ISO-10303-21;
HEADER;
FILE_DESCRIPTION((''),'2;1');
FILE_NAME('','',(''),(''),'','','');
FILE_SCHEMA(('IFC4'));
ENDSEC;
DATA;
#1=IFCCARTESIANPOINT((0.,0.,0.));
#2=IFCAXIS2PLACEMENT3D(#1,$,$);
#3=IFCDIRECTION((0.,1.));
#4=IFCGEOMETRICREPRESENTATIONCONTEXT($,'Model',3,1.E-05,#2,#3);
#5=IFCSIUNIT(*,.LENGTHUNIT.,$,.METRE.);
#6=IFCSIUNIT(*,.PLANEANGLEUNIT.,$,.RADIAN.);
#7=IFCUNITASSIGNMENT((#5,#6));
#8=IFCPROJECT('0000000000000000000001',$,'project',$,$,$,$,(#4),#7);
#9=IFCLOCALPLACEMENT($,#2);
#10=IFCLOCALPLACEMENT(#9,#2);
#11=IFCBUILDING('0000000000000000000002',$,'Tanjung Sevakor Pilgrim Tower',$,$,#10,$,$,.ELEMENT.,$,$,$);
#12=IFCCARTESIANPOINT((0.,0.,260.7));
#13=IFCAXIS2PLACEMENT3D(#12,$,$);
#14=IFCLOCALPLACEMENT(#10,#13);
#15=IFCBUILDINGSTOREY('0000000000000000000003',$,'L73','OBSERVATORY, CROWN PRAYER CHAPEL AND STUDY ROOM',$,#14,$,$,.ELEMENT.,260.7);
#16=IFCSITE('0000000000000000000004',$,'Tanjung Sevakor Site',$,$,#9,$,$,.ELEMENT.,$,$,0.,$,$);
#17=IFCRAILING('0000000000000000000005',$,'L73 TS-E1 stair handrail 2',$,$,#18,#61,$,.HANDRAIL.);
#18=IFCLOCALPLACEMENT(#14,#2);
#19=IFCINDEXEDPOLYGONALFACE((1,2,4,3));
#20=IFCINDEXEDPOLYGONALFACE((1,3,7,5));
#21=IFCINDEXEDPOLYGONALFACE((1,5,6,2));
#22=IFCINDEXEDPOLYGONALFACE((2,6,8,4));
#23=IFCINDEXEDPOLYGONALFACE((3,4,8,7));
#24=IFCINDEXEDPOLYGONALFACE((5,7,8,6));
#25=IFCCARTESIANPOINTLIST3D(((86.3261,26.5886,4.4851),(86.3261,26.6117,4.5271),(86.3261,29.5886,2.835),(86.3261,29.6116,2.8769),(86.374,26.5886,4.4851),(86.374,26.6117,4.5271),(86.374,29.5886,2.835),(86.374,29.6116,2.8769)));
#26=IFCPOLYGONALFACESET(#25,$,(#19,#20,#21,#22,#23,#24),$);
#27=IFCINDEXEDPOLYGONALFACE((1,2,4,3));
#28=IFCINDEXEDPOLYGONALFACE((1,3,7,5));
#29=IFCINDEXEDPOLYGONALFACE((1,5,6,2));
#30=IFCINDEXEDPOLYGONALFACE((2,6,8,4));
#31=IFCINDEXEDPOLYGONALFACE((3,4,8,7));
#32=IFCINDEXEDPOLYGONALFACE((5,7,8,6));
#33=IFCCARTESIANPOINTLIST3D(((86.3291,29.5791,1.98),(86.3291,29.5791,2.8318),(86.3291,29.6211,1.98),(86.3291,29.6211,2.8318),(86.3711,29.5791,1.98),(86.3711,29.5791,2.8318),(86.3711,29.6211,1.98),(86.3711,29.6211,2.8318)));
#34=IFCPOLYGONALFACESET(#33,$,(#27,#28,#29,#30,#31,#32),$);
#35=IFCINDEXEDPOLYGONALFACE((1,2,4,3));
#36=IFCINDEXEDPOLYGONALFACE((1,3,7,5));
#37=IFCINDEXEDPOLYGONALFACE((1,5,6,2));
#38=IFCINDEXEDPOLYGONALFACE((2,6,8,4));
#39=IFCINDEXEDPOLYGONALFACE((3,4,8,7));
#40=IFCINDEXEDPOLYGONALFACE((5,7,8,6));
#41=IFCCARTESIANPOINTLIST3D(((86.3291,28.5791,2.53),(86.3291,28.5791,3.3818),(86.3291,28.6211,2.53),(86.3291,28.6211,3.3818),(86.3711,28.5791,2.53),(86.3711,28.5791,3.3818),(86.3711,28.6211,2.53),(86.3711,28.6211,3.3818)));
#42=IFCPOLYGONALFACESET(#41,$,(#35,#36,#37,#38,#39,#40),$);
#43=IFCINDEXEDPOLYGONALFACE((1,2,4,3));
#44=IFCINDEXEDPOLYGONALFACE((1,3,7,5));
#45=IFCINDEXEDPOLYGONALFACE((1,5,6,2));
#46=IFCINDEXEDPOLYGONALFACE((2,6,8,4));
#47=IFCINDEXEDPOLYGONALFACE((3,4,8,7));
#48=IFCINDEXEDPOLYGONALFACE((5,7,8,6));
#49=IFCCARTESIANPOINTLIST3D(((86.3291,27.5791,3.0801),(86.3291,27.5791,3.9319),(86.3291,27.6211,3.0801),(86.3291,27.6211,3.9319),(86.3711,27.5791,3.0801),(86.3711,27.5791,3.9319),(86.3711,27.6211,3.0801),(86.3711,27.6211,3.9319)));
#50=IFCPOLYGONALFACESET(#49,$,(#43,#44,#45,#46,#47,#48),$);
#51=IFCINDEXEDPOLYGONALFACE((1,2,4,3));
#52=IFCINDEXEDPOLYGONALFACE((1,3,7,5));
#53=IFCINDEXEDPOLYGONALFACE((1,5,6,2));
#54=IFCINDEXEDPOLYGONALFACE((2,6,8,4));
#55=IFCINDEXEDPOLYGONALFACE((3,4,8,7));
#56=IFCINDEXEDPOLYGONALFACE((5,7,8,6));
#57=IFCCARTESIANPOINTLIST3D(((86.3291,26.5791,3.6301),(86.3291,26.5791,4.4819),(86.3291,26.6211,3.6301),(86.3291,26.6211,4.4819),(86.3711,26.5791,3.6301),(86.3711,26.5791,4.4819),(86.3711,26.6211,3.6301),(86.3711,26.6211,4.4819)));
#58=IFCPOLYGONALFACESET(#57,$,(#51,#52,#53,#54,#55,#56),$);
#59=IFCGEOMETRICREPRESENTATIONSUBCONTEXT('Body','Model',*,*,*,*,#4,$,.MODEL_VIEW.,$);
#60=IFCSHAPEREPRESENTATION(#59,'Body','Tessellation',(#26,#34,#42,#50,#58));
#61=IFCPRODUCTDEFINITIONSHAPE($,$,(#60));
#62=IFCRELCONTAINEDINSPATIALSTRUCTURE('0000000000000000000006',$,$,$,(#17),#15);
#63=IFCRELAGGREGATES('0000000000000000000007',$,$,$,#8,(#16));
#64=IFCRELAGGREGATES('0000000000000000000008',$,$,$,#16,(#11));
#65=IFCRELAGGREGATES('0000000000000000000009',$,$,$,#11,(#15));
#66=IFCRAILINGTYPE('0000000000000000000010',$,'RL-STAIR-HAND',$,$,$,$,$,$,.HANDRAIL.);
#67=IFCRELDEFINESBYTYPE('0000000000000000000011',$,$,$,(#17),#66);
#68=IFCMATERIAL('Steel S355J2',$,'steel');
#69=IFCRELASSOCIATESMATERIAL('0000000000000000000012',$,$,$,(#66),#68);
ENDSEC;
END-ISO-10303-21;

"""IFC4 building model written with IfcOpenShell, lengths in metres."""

from ifc_helpers import new_model, si_unit, direction, frame, origin, place, context, subcontext, project, spatial, rectangle, extrude, material, type_object, element, save


model = new_model("IFC4")

# Units and contexts
model_context = context("Model", 3, precision=1e-05, world=origin(), true_north=direction((0.0, 1.0)))
body_context = subcontext(model_context, "Body", "Model", "MODEL_VIEW")
ifc_project = project(units=[si_unit("LENGTHUNIT", "METRE"), si_unit("PLANEANGLEUNIT", "RADIAN")], contexts=[model_context])

# Site, building, storey
site_placement = place(None, origin())
site = spatial("IfcSite", under=ifc_project, at=site_placement, Name="Tanjung Sevakor Site", CompositionType="ELEMENT", RefElevation=0.0)
building_placement = place(site_placement, origin())
building = spatial("IfcBuilding", under=site, at=building_placement, Name="Tanjung Sevakor Pilgrim Tower", CompositionType="ELEMENT")
storey_placement = place(building_placement, frame((0.0, 0.0, 260.7)))
storey = spatial("IfcBuildingStorey", under=building, at=storey_placement, Name="L73", Description="OBSERVATORY, CROWN PRAYER CHAPEL AND STUDY ROOM", CompositionType="ELEMENT", Elevation=260.7)

# Railing
ifc_material_1 = material(Name="Steel S355J2", Category="steel")
railing_type_1 = type_object("IfcRailingType", Name="RL-STAIR-HAND", PredefinedType="HANDRAIL", material=ifc_material_1)
railing_1_placement = place(storey_placement, frame((86.3501, 29.6001, 1.98)))
element("IfcRailing", 1, at=railing_1_placement, inside=storey, type_object=railing_type_1, Name="L73 TS-E1 stair handrail 2", PredefinedType="HANDRAIL", context=body_context, shape_type="SweptSolid", body=[
    extrude(rectangle(XDim=0.0479, YDim=0.0479), frame((0.0, 0.0, 0.876), z_axis=(0.0, -0.876198, 0.481952), x_axis=(1.0, 0.0, 0.0)), (0.0, 0.0, 1.0), 3.4238),
    extrude(rectangle(XDim=0.042, YDim=0.042), origin(), (0.0, 0.0, 1.0), 0.8518),
    extrude(rectangle(XDim=0.042, YDim=0.042), frame((0.0, -1.0, 0.55)), (0.0, 0.0, 1.0), 0.8518),
    extrude(rectangle(XDim=0.042, YDim=0.042), frame((0.0, -2.0, 1.1001)), (0.0, 0.0, 1.0), 0.8518),
    extrude(rectangle(XDim=0.042, YDim=0.042), frame((0.0, -3.0, 1.6501)), (0.0, 0.0, 1.0), 0.8518),
])

save(model, "model.ifc")
